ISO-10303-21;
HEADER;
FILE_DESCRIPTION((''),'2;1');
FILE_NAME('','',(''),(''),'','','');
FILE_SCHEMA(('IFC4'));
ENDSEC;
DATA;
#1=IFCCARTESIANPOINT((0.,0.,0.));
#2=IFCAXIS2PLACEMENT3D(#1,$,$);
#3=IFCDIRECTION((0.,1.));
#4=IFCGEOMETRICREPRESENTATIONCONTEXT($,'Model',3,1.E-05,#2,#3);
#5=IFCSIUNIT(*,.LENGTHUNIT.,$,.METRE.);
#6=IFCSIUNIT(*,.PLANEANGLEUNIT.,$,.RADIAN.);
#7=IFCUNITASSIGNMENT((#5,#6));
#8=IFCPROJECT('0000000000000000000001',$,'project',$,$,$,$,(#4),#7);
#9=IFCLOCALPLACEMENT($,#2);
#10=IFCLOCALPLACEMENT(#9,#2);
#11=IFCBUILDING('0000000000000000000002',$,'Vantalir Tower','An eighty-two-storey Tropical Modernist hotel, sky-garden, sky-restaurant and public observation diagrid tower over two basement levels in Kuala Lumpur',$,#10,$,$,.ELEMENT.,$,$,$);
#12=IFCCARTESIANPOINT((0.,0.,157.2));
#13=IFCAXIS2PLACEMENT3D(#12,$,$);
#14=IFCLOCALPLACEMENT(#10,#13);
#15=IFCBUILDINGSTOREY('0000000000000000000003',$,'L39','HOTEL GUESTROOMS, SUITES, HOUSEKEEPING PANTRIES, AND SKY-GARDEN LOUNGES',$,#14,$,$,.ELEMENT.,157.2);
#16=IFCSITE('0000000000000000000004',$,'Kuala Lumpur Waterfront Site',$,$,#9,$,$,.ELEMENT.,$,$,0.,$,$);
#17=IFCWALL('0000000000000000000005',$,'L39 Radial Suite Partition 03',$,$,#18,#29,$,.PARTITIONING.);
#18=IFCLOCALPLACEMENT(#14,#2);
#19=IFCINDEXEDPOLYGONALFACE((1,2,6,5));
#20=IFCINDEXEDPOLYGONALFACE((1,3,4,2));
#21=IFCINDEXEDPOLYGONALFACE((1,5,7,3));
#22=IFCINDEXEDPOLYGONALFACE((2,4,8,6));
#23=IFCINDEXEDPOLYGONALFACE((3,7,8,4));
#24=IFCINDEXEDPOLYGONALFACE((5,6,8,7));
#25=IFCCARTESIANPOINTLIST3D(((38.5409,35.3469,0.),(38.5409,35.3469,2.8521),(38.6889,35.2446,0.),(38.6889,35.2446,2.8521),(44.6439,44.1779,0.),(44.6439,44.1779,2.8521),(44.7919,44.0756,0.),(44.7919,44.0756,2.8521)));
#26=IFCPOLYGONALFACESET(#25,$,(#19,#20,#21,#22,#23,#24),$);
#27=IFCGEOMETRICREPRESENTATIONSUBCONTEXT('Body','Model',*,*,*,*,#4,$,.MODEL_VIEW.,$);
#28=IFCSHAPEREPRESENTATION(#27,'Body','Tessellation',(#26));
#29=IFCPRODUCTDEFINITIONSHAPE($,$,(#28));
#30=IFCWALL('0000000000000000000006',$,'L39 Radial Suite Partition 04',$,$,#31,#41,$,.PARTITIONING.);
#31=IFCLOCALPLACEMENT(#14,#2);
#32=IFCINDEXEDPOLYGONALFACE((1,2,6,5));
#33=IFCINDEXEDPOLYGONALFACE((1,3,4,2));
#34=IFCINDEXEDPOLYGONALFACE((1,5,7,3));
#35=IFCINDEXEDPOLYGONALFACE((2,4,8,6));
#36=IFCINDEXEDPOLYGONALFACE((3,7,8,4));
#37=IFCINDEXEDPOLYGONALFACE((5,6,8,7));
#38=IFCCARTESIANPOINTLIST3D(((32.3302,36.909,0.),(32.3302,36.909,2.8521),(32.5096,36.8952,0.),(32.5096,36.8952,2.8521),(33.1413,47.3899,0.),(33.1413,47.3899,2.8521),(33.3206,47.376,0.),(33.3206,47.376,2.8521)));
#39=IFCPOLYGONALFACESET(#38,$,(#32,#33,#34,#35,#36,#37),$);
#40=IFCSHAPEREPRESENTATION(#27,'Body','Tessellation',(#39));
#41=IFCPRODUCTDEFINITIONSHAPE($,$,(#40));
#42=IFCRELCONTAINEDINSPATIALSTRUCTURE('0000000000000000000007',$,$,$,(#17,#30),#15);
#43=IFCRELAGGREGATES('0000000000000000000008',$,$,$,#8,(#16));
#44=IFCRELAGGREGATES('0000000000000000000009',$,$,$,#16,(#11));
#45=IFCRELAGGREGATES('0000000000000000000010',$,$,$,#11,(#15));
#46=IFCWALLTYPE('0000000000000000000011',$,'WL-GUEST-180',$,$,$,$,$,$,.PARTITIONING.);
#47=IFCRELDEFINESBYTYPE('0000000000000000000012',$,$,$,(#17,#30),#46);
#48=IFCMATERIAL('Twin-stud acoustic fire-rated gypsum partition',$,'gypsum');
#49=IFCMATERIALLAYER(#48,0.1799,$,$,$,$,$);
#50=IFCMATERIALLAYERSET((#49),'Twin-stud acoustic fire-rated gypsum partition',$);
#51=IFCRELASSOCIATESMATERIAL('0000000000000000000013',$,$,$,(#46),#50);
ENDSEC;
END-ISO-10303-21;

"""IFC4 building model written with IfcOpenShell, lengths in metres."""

from ifc_helpers import new_model, si_unit, direction, frame, frame_2d, origin, place, context, subcontext, project, spatial, rectangle, extrude, material, layer, layer_set, type_object, element, save


model = new_model("IFC4")

# Units and contexts
model_context = context("Model", 3, precision=1e-05, world=origin(), true_north=direction((0.0, 1.0)))
body_context = subcontext(model_context, "Body", "Model", "MODEL_VIEW")
ifc_project = project(units=[si_unit("LENGTHUNIT", "METRE"), si_unit("PLANEANGLEUNIT", "RADIAN")], contexts=[model_context])

# Site, building, storey
site_placement = place(None, origin())
site = spatial("IfcSite", under=ifc_project, at=site_placement, Name="Kuala Lumpur Waterfront Site", CompositionType="ELEMENT", RefElevation=0.0)
building_placement = place(site_placement, origin())
building = spatial("IfcBuilding", under=site, at=building_placement, Name="Vantalir Tower", Description="An eighty-two-storey Tropical Modernist hotel, sky-garden, sky-restaurant and public observation diagrid tower over two basement levels in Kuala Lumpur", CompositionType="ELEMENT")
storey_placement = place(building_placement, frame((0.0, 0.0, 157.2)))
storey = spatial("IfcBuildingStorey", under=building, at=storey_placement, Name="L39", Description="HOTEL GUESTROOMS, SUITES, HOUSEKEEPING PANTRIES, AND SKY-GARDEN LOUNGES", CompositionType="ELEMENT", Elevation=157.2)

# Walls
ifc_material_1 = material(Name="Twin-stud acoustic fire-rated gypsum partition", Category="gypsum")
ifc_layer_1 = layer(ifc_material_1, 0.1799)
ifc_layer_set_1 = layer_set([ifc_layer_1], Name="Twin-stud acoustic fire-rated gypsum partition")
wall_type_1 = type_object("IfcWallType", Name="WL-GUEST-180", PredefinedType="PARTITIONING", material=ifc_layer_set_1)
wall_1_placement = place(storey_placement, frame((38.615, 35.2959, 0.0), z_axis=(0.0, 0.0, 1.0), x_axis=(0.568531, 0.822662, 0.0)))
element("IfcWall", 1, at=wall_1_placement, inside=storey, type_object=wall_type_1, Name="L39 Radial Suite Partition 03", PredefinedType="PARTITIONING", context=body_context, shape_type="SweptSolid", body=[
    extrude(rectangle(XDim=10.7346, YDim=0.1799, at=frame_2d((5.3672, 0.0))), origin(), (0.0, 0.0, 1.0), 2.8521),
])
wall_2_placement = place(storey_placement, frame((32.4199, 36.9021, 0.0), z_axis=(0.0, 0.0, 1.0), x_axis=(0.077151, 0.997019, 0.0)))
element("IfcWall", 2, at=wall_2_placement, inside=storey, type_object=wall_type_1, Name="L39 Radial Suite Partition 04", PredefinedType="PARTITIONING", context=body_context, shape_type="SweptSolid", body=[
    extrude(rectangle(XDim=10.5122, YDim=0.1799, at=frame_2d((5.2561, 0.0))), origin(), (0.0, 0.0, 1.0), 2.8521),
])

save(model, "model.ifc")
